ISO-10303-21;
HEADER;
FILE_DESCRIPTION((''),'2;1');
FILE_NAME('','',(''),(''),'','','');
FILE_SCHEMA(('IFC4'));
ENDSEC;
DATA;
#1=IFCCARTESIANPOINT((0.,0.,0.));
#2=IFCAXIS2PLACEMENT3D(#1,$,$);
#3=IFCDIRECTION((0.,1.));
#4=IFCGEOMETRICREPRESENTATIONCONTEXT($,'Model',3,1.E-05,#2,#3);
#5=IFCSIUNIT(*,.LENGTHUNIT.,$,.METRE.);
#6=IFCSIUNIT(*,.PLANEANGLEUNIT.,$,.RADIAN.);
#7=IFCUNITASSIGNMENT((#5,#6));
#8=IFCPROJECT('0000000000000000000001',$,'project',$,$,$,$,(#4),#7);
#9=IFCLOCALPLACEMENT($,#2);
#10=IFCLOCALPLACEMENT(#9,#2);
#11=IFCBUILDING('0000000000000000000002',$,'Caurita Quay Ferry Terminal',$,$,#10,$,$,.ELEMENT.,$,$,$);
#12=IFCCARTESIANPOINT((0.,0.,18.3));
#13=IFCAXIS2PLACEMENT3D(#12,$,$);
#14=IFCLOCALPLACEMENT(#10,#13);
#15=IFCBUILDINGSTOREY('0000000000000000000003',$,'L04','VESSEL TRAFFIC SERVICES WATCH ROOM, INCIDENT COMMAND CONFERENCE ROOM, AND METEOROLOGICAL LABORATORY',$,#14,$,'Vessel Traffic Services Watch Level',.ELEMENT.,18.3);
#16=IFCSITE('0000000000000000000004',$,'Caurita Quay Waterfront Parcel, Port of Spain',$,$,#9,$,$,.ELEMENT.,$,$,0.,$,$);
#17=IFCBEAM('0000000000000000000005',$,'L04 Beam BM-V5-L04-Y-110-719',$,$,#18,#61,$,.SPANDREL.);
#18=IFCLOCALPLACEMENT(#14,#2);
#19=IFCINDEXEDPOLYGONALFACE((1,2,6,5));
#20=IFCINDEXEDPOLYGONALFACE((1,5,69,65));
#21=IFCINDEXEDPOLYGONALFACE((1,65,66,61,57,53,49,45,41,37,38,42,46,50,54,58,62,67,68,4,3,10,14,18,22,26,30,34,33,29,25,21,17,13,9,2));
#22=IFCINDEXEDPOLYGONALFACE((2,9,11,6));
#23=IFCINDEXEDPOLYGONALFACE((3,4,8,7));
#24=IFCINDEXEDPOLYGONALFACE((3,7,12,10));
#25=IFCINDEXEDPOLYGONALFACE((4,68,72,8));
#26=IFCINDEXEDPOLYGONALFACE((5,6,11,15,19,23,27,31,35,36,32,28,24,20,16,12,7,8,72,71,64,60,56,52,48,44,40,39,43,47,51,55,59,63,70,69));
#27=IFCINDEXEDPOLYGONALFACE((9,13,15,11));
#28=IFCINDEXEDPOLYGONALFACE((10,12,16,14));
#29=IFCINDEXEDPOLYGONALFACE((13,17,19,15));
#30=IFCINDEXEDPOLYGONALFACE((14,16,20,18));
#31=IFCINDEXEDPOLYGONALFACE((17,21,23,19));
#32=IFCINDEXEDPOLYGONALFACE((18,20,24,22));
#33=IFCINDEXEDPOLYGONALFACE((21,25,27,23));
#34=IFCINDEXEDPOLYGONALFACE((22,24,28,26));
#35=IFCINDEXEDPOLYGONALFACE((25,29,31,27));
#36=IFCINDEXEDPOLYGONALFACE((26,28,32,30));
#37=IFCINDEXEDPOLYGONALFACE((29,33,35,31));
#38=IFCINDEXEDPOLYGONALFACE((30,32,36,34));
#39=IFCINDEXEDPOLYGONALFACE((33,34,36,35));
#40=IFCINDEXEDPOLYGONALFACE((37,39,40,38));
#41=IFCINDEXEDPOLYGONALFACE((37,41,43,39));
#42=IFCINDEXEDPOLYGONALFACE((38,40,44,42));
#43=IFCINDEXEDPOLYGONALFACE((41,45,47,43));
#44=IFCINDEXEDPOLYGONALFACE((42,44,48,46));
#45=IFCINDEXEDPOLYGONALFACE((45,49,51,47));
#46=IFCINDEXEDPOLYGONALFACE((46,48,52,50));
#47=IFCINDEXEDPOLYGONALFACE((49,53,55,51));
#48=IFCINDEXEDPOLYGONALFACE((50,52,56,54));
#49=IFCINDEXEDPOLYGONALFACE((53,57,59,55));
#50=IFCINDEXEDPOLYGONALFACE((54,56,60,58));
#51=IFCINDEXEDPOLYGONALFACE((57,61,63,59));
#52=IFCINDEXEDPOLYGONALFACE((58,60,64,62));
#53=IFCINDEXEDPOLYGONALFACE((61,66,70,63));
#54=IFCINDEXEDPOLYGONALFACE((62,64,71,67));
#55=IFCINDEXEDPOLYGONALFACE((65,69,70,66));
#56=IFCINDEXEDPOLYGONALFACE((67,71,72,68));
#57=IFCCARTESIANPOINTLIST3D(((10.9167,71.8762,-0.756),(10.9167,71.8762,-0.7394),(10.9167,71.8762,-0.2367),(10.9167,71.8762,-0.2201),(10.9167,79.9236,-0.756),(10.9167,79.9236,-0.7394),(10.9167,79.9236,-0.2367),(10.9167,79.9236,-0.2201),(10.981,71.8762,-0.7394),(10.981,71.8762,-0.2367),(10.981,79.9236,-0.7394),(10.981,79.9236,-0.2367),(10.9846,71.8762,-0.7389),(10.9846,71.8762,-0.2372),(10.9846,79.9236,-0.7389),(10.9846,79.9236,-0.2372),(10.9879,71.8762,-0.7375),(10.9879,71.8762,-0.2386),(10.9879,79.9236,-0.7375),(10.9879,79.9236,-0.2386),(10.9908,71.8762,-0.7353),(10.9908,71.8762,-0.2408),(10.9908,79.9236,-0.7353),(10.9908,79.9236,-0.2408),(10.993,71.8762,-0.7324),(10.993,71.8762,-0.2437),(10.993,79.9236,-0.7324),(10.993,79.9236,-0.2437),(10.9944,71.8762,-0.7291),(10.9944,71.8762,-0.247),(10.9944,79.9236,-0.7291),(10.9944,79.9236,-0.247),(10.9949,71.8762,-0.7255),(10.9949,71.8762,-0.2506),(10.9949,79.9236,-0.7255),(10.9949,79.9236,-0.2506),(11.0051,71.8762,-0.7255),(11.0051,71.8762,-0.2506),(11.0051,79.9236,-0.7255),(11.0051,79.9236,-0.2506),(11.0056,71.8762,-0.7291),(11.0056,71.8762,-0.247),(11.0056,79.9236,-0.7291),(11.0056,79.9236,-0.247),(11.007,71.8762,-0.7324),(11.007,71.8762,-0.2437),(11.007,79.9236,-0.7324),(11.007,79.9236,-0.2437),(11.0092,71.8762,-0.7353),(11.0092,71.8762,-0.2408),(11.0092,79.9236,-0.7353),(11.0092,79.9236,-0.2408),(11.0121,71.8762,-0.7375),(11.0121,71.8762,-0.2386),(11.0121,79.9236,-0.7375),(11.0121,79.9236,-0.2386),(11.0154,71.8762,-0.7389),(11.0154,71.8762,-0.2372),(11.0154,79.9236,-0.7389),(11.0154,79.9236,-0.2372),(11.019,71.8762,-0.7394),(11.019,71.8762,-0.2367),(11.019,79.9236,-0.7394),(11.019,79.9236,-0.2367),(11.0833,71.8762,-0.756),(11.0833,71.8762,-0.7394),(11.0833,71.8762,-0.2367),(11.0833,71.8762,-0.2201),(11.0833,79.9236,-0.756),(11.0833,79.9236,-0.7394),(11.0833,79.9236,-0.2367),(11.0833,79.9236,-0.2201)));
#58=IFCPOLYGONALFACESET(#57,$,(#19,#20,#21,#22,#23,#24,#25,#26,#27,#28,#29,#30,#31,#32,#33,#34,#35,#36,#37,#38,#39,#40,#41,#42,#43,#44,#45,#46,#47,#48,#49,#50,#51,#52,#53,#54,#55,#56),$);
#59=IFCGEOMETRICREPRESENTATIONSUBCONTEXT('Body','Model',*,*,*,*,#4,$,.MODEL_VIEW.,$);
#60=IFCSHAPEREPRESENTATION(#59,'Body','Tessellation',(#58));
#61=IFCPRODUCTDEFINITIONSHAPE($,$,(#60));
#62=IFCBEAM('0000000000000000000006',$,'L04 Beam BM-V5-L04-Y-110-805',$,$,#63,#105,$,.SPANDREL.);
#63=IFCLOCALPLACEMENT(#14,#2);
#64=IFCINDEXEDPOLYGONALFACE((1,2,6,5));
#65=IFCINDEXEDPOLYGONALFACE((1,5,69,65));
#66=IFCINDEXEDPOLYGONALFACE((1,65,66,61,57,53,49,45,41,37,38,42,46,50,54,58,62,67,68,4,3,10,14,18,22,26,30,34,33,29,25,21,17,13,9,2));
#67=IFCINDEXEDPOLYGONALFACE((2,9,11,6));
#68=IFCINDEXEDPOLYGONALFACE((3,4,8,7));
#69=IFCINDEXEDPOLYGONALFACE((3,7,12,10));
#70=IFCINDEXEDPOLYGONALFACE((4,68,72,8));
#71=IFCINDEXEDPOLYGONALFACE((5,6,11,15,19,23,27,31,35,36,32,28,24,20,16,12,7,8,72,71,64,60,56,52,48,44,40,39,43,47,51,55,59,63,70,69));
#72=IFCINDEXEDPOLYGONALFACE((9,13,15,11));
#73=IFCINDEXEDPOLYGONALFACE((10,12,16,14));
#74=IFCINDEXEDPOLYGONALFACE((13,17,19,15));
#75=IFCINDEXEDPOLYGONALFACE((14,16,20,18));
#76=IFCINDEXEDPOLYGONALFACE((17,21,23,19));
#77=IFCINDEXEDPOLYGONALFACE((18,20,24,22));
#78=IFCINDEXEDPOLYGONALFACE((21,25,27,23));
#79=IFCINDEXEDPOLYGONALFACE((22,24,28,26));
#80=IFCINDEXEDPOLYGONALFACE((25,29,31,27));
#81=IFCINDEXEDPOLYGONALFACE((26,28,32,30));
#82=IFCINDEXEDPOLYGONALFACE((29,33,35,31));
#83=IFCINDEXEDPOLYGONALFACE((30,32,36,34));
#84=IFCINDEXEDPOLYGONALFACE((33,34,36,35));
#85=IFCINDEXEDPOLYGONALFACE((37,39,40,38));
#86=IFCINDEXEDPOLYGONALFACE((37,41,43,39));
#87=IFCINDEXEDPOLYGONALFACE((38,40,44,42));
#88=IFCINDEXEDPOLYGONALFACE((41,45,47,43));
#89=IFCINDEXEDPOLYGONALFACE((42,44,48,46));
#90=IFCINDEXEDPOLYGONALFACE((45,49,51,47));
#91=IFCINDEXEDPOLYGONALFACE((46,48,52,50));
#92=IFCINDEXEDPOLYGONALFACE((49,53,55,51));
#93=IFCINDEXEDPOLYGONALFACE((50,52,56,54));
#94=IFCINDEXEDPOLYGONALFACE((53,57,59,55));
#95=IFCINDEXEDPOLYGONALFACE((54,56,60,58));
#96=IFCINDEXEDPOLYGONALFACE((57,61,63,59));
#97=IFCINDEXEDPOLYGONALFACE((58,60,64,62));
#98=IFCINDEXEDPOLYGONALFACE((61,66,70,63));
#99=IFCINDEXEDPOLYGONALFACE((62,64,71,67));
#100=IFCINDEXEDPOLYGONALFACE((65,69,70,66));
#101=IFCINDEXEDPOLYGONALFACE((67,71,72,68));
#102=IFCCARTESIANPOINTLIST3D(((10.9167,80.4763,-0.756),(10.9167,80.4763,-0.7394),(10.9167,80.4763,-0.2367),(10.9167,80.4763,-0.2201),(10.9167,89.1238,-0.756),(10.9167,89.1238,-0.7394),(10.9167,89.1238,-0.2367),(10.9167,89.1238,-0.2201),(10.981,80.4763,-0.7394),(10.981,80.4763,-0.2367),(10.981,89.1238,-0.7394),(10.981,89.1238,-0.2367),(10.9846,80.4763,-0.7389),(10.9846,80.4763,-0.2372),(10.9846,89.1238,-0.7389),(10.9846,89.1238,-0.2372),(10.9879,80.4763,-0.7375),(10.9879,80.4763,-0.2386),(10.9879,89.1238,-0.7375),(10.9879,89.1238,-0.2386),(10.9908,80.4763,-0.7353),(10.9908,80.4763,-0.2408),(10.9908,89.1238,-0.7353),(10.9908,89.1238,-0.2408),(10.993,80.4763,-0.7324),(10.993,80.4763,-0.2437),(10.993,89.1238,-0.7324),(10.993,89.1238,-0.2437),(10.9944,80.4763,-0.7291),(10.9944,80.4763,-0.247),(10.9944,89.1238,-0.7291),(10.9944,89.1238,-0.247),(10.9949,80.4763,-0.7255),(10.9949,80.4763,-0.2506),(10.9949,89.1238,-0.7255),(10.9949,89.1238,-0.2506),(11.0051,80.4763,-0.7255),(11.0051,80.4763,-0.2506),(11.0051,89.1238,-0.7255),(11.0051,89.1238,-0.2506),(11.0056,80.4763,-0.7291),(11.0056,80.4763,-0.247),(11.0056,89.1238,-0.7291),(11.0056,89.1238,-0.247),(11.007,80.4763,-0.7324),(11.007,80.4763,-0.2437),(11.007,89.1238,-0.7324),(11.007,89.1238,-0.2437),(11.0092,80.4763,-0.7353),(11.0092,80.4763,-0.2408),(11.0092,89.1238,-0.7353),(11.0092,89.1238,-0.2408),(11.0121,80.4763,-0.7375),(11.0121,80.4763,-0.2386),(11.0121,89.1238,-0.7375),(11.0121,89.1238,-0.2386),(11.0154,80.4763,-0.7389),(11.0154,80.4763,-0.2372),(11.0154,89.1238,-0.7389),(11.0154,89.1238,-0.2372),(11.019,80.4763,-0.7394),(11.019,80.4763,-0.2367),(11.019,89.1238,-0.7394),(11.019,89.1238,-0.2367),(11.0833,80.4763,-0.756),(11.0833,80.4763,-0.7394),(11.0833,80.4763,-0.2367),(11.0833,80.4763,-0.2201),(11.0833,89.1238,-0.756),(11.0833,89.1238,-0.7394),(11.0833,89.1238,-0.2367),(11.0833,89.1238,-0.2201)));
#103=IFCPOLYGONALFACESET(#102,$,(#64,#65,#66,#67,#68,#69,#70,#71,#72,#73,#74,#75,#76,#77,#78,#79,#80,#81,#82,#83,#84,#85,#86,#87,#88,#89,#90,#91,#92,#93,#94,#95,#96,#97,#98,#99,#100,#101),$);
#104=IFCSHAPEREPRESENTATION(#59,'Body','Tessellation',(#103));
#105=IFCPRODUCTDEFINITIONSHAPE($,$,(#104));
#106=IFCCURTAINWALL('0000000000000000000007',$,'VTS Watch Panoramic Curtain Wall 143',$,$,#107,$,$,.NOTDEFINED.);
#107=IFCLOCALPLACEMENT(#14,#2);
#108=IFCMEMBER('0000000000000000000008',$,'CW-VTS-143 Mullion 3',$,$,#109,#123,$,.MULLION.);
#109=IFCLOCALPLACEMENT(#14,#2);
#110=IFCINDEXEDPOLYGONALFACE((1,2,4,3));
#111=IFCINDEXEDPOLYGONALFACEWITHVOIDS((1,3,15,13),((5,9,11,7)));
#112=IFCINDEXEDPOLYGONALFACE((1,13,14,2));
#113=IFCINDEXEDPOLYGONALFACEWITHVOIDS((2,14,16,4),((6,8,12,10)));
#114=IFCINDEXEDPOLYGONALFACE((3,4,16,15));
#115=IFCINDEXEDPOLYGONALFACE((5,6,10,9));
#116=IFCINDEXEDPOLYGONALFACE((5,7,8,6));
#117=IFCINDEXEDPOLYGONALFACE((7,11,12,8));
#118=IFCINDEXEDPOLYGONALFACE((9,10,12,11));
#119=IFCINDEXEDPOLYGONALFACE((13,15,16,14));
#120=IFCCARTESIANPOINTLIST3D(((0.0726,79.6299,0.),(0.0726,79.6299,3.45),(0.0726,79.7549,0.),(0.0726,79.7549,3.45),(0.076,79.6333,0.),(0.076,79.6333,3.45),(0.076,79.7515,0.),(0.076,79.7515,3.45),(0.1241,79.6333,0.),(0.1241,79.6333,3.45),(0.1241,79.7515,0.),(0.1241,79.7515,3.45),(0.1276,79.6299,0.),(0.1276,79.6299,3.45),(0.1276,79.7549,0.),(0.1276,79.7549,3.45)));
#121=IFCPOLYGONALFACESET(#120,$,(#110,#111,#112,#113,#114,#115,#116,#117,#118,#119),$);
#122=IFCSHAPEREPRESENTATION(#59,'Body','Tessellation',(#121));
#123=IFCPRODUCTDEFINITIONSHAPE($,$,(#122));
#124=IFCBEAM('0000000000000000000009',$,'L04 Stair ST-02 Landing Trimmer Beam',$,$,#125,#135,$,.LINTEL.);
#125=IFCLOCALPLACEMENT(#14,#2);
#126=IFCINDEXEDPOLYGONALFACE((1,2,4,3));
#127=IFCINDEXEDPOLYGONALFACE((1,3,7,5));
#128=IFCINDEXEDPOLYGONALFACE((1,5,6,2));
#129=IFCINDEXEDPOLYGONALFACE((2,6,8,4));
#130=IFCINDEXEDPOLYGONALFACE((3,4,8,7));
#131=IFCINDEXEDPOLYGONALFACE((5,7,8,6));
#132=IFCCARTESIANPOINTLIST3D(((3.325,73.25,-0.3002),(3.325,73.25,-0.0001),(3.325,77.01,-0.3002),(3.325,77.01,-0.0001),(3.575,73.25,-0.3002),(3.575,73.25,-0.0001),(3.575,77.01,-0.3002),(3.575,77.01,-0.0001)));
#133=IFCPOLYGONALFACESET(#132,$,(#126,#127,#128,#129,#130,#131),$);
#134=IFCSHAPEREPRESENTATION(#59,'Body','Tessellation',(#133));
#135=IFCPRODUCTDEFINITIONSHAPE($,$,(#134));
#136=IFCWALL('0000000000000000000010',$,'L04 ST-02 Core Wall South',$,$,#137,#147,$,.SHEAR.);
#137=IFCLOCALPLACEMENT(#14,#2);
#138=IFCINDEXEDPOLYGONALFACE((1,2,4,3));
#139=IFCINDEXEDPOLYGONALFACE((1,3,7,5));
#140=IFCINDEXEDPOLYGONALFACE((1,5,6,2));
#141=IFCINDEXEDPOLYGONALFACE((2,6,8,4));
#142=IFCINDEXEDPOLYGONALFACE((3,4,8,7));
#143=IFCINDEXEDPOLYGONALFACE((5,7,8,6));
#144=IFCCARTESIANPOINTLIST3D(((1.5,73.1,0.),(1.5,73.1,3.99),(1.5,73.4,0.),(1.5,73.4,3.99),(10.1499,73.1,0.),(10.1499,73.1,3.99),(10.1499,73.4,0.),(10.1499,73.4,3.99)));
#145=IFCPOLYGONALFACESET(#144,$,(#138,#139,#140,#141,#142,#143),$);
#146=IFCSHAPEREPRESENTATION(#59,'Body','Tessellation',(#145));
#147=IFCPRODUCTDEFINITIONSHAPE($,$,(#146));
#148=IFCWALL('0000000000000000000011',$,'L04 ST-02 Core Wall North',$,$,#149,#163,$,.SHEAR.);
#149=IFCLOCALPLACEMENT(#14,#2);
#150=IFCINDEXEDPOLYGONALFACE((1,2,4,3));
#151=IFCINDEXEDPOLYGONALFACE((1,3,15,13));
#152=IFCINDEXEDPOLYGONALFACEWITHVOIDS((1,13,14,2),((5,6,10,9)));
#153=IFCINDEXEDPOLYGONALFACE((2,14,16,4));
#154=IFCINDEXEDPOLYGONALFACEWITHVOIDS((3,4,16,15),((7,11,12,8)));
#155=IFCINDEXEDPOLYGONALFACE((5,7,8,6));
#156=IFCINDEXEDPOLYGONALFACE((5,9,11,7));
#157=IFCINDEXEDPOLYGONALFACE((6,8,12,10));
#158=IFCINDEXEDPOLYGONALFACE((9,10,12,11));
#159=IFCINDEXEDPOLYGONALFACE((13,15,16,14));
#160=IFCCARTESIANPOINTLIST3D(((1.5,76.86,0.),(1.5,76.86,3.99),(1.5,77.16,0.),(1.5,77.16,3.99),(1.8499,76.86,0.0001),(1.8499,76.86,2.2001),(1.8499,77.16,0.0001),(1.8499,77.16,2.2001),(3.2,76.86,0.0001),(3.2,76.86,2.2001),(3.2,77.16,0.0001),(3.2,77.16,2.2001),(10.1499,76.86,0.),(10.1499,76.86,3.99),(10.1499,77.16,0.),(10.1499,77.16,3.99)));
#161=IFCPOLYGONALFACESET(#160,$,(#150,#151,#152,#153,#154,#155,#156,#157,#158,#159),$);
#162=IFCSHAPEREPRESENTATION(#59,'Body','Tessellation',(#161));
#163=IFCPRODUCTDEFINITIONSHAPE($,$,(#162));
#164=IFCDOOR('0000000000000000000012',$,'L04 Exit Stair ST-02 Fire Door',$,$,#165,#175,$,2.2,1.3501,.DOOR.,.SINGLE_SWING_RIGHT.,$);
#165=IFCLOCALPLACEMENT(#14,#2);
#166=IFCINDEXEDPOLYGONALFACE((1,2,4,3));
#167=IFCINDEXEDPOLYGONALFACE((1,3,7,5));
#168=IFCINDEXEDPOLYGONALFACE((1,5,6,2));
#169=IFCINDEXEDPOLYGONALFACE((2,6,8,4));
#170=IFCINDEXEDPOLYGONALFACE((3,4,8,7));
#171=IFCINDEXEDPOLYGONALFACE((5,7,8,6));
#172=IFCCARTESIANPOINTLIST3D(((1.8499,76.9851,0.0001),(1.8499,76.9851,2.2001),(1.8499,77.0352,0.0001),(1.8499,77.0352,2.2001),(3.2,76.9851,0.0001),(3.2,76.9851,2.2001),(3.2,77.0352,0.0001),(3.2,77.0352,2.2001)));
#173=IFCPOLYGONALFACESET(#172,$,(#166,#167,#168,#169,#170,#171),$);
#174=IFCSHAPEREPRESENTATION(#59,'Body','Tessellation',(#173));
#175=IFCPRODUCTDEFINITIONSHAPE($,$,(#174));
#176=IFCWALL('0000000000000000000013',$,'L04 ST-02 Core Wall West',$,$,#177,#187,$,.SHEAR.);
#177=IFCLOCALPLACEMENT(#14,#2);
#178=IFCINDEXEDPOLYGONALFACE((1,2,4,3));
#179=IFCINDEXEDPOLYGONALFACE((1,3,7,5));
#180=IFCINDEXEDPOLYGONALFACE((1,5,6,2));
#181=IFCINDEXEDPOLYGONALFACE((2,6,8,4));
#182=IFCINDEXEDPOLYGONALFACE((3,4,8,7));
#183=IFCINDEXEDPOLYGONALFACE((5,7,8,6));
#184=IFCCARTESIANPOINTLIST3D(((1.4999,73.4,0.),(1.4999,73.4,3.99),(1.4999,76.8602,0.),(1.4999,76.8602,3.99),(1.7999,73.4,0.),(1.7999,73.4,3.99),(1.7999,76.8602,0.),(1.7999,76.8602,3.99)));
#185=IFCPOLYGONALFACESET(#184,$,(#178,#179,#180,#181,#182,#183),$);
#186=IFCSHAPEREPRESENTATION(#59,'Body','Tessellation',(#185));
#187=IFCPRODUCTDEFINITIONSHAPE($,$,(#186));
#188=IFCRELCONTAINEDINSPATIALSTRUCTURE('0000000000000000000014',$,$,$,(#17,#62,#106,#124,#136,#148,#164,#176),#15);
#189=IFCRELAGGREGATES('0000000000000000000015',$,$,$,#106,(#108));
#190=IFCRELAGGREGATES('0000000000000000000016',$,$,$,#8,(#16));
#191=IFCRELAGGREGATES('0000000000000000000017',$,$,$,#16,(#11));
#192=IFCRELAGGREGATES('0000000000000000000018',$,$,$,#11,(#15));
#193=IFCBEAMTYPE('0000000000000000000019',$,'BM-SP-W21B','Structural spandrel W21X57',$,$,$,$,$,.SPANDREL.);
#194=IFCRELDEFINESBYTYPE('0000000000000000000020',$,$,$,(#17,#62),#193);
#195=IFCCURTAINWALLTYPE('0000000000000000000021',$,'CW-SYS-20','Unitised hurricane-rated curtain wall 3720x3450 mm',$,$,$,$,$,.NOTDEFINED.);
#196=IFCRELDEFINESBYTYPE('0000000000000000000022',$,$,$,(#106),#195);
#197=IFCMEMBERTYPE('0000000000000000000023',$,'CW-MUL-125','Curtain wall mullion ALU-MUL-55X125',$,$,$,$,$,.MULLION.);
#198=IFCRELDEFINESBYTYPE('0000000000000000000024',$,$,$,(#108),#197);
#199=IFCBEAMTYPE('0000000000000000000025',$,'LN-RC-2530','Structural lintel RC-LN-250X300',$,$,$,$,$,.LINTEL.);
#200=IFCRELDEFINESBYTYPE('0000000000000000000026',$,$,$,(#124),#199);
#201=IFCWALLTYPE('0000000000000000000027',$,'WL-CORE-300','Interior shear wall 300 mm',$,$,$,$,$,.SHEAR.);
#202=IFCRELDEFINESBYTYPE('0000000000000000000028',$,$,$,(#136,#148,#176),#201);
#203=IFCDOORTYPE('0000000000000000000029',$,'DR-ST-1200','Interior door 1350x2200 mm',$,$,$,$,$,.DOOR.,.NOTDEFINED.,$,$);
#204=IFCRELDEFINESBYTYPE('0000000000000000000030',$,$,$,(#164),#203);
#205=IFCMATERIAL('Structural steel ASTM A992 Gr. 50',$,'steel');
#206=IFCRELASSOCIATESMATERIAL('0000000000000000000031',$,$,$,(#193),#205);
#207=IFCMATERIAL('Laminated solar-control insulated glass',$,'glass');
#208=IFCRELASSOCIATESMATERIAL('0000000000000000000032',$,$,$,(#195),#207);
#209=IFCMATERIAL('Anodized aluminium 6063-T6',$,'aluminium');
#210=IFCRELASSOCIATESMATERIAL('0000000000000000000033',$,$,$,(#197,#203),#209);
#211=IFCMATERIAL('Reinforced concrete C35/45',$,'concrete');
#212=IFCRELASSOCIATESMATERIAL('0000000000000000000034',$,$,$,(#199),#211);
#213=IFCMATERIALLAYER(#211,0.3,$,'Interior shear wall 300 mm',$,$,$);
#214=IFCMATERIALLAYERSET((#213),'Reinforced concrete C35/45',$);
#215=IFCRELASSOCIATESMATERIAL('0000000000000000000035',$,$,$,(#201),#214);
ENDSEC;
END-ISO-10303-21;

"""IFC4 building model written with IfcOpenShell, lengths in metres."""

from ifc_helpers import new_model, si_unit, direction, frame, frame_2d, origin, origin_2d, place, context, subcontext, project, spatial, rectangle, hollow_rectangle, i_section, extrude, material, layer, layer_set, material_profile, profile_set, type_object, element, fill, aggregate, save


model = new_model("IFC4")

# Units and contexts
model_context = context("Model", 3, precision=1e-05, world=origin(), true_north=direction((0.0, 1.0)))
body_context = subcontext(model_context, "Body", "Model", "MODEL_VIEW")
ifc_project = project(units=[si_unit("LENGTHUNIT", "METRE"), si_unit("PLANEANGLEUNIT", "RADIAN")], contexts=[model_context])

# Site, building, storey
site_placement = place(None, origin())
site = spatial("IfcSite", under=ifc_project, at=site_placement, Name="Caurita Quay Waterfront Parcel, Port of Spain", CompositionType="ELEMENT", RefElevation=0.0)
building_placement = place(site_placement, origin())
building = spatial("IfcBuilding", under=site, at=building_placement, Name="Caurita Quay Ferry Terminal", CompositionType="ELEMENT")
storey_placement = place(building_placement, frame((0.0, 0.0, 18.3)))
storey = spatial("IfcBuildingStorey", under=building, at=storey_placement, Name="L04", Description="VESSEL TRAFFIC SERVICES WATCH ROOM, INCIDENT COMMAND CONFERENCE ROOM, AND METEOROLOGICAL LABORATORY", LongName="Vessel Traffic Services Watch Level", CompositionType="ELEMENT", Elevation=18.3)

# Shared definitions
ifc_material_1 = material(Name="Reinforced concrete C35/45", Category="concrete")

# Beams
ifc_material_2 = material(Name="Structural steel ASTM A992 Gr. 50", Category="steel")
ifc_material_profile_1 = material_profile(ifc_material_2, i_section(OverallWidth=0.1665, OverallDepth=0.5359, WebThickness=0.0103, FlangeThickness=0.0166, FilletRadius=0.0139, at=origin_2d()), Name="W21X57")
ifc_profile_set_1 = profile_set([ifc_material_profile_1], Name="Structural steel ASTM A992 Gr. 50")
beam_type_1 = type_object("IfcBeamType", Name="BM-SP-W21B", Description="Structural spandrel W21X57", PredefinedType="SPANDREL", material=ifc_profile_set_1)
beam_1_placement = place(storey_placement, frame((11.0, 71.8762, -0.488), z_axis=(0.0, 1.0, 0.0), x_axis=(-1.0, 0.0, 0.0)))
element("IfcBeam", 1, at=beam_1_placement, inside=storey, type_object=beam_type_1, Name="L04 Beam BM-V5-L04-Y-110-719", PredefinedType="SPANDREL", context=body_context, shape_type="SweptSolid", body=[
    extrude(i_section(OverallWidth=0.1665, OverallDepth=0.5359, WebThickness=0.0103, FlangeThickness=0.0166, FilletRadius=0.0139, at=origin_2d()), origin(), (0.0, 0.0, 1.0), 8.0474),
])
beam_2_placement = place(storey_placement, frame((11.0, 80.4763, -0.488), z_axis=(0.0, 1.0, 0.0), x_axis=(-1.0, 0.0, 0.0)))
element("IfcBeam", 2, at=beam_2_placement, inside=storey, type_object=beam_type_1, Name="L04 Beam BM-V5-L04-Y-110-805", PredefinedType="SPANDREL", context=body_context, shape_type="SweptSolid", body=[
    extrude(i_section(OverallWidth=0.1665, OverallDepth=0.5359, WebThickness=0.0103, FlangeThickness=0.0166, FilletRadius=0.0139, at=origin_2d()), origin(), (0.0, 0.0, 1.0), 8.6475),
])

# Curtain wall, member
ifc_material_3 = material(Name="Laminated solar-control insulated glass", Category="glass")
curtain_wall_type = type_object("IfcCurtainWallType", Name="CW-SYS-20", Description="Unitised hurricane-rated curtain wall 3720x3450 mm", PredefinedType="NOTDEFINED", material=ifc_material_3)
curtain_wall_placement = place(storey_placement, origin())
curtain_wall = element("IfcCurtainWall", 3, at=curtain_wall_placement, inside=storey, type_object=curtain_wall_type, Name="VTS Watch Panoramic Curtain Wall 143", PredefinedType="NOTDEFINED")
ifc_material_4 = material(Name="Anodized aluminium 6063-T6", Category="aluminium")
ifc_material_profile_2 = material_profile(ifc_material_4, hollow_rectangle(XDim=0.0549, YDim=0.125, WallThickness=0.0034, at=origin_2d()), Name="ALU-MUL-55X125")
ifc_profile_set_2 = profile_set([ifc_material_profile_2], Name="Anodized aluminium 6063-T6")
member_type = type_object("IfcMemberType", Name="CW-MUL-125", Description="Curtain wall mullion ALU-MUL-55X125", PredefinedType="MULLION", material=ifc_profile_set_2)
member_placement = place(storey_placement, frame((0.1001, 79.6924, 0.0), z_axis=(0.0, 0.0, 1.0), x_axis=(-1.0, 0.0, 0.0)))
member = element("IfcMember", 4, at=member_placement, type_object=member_type, Name="CW-VTS-143 Mullion 3", PredefinedType="MULLION", context=body_context, shape_type="SweptSolid", body=[
    extrude(hollow_rectangle(XDim=0.0549, YDim=0.125, WallThickness=0.0034, at=origin_2d()), origin(), (0.0, 0.0, 1.0), 3.45),
])
aggregate(curtain_wall, [member])

# Beam
ifc_material_profile_3 = material_profile(ifc_material_1, rectangle(XDim=0.25, YDim=0.3, at=origin_2d()), Name="RC-LN-250X300")
ifc_profile_set_3 = profile_set([ifc_material_profile_3], Name="Reinforced concrete C35/45")
beam_type_2 = type_object("IfcBeamType", Name="LN-RC-2530", Description="Structural lintel RC-LN-250X300", PredefinedType="LINTEL", material=ifc_profile_set_3)
beam_3_placement = place(storey_placement, frame((3.45, 73.25, -0.1501), z_axis=(0.0, 1.0, 0.0), x_axis=(-1.0, 0.0, 0.0)))
element("IfcBeam", 5, at=beam_3_placement, inside=storey, type_object=beam_type_2, Name="L04 Stair ST-02 Landing Trimmer Beam", PredefinedType="LINTEL", context=body_context, shape_type="SweptSolid", body=[
    extrude(rectangle(XDim=0.25, YDim=0.3, at=origin_2d()), origin(), (0.0, 0.0, 1.0), 3.76),
])

# Wall
ifc_layer = layer(ifc_material_1, 0.3, Name="Interior shear wall 300 mm")
ifc_layer_set = layer_set([ifc_layer], Name="Reinforced concrete C35/45")
wall_type = type_object("IfcWallType", Name="WL-CORE-300", Description="Interior shear wall 300 mm", PredefinedType="SHEAR", material=ifc_layer_set)
wall_1_placement = place(storey_placement, frame((1.5, 73.25, 0.0), z_axis=(0.0, 0.0, 1.0), x_axis=(1.0, 0.0, 0.0)))
element("IfcWall", 6, at=wall_1_placement, inside=storey, type_object=wall_type, Name="L04 ST-02 Core Wall South", PredefinedType="SHEAR", context=body_context, shape_type="SweptSolid", body=[
    extrude(rectangle(XDim=8.6499, YDim=0.3, at=frame_2d((4.325, 0.0))), origin(), (0.0, 0.0, 1.0), 3.99),
])

# Wall, opening, door
wall_2_placement = place(storey_placement, frame((10.1499, 77.01, 0.0), z_axis=(0.0, 0.0, 1.0), x_axis=(-1.0, 0.0, 0.0)))
wall_2 = element("IfcWall", 7, at=wall_2_placement, inside=storey, type_object=wall_type, Name="L04 ST-02 Core Wall North", PredefinedType="SHEAR", context=body_context, shape_type="SweptSolid", body=[
    extrude(rectangle(XDim=8.6499, YDim=0.3, at=frame_2d((4.325, 0.0))), origin(), (0.0, 0.0, 1.0), 3.99),
])
opening_placement = place(wall_2_placement, frame((6.95, 0.0, 0.0)))
opening = element("IfcOpeningElement", 8, at=opening_placement, cuts=wall_2, PredefinedType="OPENING", context=body_context, shape_type="SweptSolid", body=[
    extrude(rectangle(XDim=1.3501, YDim=2.2, at=frame_2d((0.675, 1.1001))), frame((0.0, 0.1599, 0.0), z_axis=(0.0, -1.0, 0.0), x_axis=(1.0, 0.0, 0.0)), (0.0, 0.0, 1.0), 0.3201),
])
door_type = type_object("IfcDoorType", Name="DR-ST-1200", Description="Interior door 1350x2200 mm", OperationType="NOTDEFINED", PredefinedType="DOOR", material=ifc_material_4)
door_placement = place(opening_placement, origin())
door = element("IfcDoor", 9, at=door_placement, inside=storey, type_object=door_type, Name="L04 Exit Stair ST-02 Fire Door", OperationType="SINGLE_SWING_RIGHT", OverallHeight=2.2, OverallWidth=1.3501, PredefinedType="DOOR", context=body_context, shape_type="SweptSolid", body=[
    extrude(rectangle(XDim=1.3501, YDim=2.2, at=frame_2d((0.675, 1.1001))), frame((0.0, 0.0249, 0.0), z_axis=(0.0, -1.0, 0.0), x_axis=(1.0, 0.0, 0.0)), (0.0, 0.0, 1.0), 0.05),
])
fill(opening, door)

# Wall
for number, where, z_axis, x_axis, name in (
    (10, (1.6499, 76.8601, 0.0), (0.0, 0.0, 1.0), (0.0, -1.0, 0.0), "L04 ST-02 Core Wall West"),
):
    element("IfcWall", number, at=place(storey_placement, frame(where, z_axis=z_axis, x_axis=x_axis)), inside=storey, type_object=wall_type, Name=name, PredefinedType="SHEAR", context=body_context, shape_type="SweptSolid", body=[
        extrude(rectangle(XDim=3.4602, YDim=0.3, at=frame_2d((1.73, 0.0))), origin(), (0.0, 0.0, 1.0), 3.99),
    ])

save(model, "model.ifc")
